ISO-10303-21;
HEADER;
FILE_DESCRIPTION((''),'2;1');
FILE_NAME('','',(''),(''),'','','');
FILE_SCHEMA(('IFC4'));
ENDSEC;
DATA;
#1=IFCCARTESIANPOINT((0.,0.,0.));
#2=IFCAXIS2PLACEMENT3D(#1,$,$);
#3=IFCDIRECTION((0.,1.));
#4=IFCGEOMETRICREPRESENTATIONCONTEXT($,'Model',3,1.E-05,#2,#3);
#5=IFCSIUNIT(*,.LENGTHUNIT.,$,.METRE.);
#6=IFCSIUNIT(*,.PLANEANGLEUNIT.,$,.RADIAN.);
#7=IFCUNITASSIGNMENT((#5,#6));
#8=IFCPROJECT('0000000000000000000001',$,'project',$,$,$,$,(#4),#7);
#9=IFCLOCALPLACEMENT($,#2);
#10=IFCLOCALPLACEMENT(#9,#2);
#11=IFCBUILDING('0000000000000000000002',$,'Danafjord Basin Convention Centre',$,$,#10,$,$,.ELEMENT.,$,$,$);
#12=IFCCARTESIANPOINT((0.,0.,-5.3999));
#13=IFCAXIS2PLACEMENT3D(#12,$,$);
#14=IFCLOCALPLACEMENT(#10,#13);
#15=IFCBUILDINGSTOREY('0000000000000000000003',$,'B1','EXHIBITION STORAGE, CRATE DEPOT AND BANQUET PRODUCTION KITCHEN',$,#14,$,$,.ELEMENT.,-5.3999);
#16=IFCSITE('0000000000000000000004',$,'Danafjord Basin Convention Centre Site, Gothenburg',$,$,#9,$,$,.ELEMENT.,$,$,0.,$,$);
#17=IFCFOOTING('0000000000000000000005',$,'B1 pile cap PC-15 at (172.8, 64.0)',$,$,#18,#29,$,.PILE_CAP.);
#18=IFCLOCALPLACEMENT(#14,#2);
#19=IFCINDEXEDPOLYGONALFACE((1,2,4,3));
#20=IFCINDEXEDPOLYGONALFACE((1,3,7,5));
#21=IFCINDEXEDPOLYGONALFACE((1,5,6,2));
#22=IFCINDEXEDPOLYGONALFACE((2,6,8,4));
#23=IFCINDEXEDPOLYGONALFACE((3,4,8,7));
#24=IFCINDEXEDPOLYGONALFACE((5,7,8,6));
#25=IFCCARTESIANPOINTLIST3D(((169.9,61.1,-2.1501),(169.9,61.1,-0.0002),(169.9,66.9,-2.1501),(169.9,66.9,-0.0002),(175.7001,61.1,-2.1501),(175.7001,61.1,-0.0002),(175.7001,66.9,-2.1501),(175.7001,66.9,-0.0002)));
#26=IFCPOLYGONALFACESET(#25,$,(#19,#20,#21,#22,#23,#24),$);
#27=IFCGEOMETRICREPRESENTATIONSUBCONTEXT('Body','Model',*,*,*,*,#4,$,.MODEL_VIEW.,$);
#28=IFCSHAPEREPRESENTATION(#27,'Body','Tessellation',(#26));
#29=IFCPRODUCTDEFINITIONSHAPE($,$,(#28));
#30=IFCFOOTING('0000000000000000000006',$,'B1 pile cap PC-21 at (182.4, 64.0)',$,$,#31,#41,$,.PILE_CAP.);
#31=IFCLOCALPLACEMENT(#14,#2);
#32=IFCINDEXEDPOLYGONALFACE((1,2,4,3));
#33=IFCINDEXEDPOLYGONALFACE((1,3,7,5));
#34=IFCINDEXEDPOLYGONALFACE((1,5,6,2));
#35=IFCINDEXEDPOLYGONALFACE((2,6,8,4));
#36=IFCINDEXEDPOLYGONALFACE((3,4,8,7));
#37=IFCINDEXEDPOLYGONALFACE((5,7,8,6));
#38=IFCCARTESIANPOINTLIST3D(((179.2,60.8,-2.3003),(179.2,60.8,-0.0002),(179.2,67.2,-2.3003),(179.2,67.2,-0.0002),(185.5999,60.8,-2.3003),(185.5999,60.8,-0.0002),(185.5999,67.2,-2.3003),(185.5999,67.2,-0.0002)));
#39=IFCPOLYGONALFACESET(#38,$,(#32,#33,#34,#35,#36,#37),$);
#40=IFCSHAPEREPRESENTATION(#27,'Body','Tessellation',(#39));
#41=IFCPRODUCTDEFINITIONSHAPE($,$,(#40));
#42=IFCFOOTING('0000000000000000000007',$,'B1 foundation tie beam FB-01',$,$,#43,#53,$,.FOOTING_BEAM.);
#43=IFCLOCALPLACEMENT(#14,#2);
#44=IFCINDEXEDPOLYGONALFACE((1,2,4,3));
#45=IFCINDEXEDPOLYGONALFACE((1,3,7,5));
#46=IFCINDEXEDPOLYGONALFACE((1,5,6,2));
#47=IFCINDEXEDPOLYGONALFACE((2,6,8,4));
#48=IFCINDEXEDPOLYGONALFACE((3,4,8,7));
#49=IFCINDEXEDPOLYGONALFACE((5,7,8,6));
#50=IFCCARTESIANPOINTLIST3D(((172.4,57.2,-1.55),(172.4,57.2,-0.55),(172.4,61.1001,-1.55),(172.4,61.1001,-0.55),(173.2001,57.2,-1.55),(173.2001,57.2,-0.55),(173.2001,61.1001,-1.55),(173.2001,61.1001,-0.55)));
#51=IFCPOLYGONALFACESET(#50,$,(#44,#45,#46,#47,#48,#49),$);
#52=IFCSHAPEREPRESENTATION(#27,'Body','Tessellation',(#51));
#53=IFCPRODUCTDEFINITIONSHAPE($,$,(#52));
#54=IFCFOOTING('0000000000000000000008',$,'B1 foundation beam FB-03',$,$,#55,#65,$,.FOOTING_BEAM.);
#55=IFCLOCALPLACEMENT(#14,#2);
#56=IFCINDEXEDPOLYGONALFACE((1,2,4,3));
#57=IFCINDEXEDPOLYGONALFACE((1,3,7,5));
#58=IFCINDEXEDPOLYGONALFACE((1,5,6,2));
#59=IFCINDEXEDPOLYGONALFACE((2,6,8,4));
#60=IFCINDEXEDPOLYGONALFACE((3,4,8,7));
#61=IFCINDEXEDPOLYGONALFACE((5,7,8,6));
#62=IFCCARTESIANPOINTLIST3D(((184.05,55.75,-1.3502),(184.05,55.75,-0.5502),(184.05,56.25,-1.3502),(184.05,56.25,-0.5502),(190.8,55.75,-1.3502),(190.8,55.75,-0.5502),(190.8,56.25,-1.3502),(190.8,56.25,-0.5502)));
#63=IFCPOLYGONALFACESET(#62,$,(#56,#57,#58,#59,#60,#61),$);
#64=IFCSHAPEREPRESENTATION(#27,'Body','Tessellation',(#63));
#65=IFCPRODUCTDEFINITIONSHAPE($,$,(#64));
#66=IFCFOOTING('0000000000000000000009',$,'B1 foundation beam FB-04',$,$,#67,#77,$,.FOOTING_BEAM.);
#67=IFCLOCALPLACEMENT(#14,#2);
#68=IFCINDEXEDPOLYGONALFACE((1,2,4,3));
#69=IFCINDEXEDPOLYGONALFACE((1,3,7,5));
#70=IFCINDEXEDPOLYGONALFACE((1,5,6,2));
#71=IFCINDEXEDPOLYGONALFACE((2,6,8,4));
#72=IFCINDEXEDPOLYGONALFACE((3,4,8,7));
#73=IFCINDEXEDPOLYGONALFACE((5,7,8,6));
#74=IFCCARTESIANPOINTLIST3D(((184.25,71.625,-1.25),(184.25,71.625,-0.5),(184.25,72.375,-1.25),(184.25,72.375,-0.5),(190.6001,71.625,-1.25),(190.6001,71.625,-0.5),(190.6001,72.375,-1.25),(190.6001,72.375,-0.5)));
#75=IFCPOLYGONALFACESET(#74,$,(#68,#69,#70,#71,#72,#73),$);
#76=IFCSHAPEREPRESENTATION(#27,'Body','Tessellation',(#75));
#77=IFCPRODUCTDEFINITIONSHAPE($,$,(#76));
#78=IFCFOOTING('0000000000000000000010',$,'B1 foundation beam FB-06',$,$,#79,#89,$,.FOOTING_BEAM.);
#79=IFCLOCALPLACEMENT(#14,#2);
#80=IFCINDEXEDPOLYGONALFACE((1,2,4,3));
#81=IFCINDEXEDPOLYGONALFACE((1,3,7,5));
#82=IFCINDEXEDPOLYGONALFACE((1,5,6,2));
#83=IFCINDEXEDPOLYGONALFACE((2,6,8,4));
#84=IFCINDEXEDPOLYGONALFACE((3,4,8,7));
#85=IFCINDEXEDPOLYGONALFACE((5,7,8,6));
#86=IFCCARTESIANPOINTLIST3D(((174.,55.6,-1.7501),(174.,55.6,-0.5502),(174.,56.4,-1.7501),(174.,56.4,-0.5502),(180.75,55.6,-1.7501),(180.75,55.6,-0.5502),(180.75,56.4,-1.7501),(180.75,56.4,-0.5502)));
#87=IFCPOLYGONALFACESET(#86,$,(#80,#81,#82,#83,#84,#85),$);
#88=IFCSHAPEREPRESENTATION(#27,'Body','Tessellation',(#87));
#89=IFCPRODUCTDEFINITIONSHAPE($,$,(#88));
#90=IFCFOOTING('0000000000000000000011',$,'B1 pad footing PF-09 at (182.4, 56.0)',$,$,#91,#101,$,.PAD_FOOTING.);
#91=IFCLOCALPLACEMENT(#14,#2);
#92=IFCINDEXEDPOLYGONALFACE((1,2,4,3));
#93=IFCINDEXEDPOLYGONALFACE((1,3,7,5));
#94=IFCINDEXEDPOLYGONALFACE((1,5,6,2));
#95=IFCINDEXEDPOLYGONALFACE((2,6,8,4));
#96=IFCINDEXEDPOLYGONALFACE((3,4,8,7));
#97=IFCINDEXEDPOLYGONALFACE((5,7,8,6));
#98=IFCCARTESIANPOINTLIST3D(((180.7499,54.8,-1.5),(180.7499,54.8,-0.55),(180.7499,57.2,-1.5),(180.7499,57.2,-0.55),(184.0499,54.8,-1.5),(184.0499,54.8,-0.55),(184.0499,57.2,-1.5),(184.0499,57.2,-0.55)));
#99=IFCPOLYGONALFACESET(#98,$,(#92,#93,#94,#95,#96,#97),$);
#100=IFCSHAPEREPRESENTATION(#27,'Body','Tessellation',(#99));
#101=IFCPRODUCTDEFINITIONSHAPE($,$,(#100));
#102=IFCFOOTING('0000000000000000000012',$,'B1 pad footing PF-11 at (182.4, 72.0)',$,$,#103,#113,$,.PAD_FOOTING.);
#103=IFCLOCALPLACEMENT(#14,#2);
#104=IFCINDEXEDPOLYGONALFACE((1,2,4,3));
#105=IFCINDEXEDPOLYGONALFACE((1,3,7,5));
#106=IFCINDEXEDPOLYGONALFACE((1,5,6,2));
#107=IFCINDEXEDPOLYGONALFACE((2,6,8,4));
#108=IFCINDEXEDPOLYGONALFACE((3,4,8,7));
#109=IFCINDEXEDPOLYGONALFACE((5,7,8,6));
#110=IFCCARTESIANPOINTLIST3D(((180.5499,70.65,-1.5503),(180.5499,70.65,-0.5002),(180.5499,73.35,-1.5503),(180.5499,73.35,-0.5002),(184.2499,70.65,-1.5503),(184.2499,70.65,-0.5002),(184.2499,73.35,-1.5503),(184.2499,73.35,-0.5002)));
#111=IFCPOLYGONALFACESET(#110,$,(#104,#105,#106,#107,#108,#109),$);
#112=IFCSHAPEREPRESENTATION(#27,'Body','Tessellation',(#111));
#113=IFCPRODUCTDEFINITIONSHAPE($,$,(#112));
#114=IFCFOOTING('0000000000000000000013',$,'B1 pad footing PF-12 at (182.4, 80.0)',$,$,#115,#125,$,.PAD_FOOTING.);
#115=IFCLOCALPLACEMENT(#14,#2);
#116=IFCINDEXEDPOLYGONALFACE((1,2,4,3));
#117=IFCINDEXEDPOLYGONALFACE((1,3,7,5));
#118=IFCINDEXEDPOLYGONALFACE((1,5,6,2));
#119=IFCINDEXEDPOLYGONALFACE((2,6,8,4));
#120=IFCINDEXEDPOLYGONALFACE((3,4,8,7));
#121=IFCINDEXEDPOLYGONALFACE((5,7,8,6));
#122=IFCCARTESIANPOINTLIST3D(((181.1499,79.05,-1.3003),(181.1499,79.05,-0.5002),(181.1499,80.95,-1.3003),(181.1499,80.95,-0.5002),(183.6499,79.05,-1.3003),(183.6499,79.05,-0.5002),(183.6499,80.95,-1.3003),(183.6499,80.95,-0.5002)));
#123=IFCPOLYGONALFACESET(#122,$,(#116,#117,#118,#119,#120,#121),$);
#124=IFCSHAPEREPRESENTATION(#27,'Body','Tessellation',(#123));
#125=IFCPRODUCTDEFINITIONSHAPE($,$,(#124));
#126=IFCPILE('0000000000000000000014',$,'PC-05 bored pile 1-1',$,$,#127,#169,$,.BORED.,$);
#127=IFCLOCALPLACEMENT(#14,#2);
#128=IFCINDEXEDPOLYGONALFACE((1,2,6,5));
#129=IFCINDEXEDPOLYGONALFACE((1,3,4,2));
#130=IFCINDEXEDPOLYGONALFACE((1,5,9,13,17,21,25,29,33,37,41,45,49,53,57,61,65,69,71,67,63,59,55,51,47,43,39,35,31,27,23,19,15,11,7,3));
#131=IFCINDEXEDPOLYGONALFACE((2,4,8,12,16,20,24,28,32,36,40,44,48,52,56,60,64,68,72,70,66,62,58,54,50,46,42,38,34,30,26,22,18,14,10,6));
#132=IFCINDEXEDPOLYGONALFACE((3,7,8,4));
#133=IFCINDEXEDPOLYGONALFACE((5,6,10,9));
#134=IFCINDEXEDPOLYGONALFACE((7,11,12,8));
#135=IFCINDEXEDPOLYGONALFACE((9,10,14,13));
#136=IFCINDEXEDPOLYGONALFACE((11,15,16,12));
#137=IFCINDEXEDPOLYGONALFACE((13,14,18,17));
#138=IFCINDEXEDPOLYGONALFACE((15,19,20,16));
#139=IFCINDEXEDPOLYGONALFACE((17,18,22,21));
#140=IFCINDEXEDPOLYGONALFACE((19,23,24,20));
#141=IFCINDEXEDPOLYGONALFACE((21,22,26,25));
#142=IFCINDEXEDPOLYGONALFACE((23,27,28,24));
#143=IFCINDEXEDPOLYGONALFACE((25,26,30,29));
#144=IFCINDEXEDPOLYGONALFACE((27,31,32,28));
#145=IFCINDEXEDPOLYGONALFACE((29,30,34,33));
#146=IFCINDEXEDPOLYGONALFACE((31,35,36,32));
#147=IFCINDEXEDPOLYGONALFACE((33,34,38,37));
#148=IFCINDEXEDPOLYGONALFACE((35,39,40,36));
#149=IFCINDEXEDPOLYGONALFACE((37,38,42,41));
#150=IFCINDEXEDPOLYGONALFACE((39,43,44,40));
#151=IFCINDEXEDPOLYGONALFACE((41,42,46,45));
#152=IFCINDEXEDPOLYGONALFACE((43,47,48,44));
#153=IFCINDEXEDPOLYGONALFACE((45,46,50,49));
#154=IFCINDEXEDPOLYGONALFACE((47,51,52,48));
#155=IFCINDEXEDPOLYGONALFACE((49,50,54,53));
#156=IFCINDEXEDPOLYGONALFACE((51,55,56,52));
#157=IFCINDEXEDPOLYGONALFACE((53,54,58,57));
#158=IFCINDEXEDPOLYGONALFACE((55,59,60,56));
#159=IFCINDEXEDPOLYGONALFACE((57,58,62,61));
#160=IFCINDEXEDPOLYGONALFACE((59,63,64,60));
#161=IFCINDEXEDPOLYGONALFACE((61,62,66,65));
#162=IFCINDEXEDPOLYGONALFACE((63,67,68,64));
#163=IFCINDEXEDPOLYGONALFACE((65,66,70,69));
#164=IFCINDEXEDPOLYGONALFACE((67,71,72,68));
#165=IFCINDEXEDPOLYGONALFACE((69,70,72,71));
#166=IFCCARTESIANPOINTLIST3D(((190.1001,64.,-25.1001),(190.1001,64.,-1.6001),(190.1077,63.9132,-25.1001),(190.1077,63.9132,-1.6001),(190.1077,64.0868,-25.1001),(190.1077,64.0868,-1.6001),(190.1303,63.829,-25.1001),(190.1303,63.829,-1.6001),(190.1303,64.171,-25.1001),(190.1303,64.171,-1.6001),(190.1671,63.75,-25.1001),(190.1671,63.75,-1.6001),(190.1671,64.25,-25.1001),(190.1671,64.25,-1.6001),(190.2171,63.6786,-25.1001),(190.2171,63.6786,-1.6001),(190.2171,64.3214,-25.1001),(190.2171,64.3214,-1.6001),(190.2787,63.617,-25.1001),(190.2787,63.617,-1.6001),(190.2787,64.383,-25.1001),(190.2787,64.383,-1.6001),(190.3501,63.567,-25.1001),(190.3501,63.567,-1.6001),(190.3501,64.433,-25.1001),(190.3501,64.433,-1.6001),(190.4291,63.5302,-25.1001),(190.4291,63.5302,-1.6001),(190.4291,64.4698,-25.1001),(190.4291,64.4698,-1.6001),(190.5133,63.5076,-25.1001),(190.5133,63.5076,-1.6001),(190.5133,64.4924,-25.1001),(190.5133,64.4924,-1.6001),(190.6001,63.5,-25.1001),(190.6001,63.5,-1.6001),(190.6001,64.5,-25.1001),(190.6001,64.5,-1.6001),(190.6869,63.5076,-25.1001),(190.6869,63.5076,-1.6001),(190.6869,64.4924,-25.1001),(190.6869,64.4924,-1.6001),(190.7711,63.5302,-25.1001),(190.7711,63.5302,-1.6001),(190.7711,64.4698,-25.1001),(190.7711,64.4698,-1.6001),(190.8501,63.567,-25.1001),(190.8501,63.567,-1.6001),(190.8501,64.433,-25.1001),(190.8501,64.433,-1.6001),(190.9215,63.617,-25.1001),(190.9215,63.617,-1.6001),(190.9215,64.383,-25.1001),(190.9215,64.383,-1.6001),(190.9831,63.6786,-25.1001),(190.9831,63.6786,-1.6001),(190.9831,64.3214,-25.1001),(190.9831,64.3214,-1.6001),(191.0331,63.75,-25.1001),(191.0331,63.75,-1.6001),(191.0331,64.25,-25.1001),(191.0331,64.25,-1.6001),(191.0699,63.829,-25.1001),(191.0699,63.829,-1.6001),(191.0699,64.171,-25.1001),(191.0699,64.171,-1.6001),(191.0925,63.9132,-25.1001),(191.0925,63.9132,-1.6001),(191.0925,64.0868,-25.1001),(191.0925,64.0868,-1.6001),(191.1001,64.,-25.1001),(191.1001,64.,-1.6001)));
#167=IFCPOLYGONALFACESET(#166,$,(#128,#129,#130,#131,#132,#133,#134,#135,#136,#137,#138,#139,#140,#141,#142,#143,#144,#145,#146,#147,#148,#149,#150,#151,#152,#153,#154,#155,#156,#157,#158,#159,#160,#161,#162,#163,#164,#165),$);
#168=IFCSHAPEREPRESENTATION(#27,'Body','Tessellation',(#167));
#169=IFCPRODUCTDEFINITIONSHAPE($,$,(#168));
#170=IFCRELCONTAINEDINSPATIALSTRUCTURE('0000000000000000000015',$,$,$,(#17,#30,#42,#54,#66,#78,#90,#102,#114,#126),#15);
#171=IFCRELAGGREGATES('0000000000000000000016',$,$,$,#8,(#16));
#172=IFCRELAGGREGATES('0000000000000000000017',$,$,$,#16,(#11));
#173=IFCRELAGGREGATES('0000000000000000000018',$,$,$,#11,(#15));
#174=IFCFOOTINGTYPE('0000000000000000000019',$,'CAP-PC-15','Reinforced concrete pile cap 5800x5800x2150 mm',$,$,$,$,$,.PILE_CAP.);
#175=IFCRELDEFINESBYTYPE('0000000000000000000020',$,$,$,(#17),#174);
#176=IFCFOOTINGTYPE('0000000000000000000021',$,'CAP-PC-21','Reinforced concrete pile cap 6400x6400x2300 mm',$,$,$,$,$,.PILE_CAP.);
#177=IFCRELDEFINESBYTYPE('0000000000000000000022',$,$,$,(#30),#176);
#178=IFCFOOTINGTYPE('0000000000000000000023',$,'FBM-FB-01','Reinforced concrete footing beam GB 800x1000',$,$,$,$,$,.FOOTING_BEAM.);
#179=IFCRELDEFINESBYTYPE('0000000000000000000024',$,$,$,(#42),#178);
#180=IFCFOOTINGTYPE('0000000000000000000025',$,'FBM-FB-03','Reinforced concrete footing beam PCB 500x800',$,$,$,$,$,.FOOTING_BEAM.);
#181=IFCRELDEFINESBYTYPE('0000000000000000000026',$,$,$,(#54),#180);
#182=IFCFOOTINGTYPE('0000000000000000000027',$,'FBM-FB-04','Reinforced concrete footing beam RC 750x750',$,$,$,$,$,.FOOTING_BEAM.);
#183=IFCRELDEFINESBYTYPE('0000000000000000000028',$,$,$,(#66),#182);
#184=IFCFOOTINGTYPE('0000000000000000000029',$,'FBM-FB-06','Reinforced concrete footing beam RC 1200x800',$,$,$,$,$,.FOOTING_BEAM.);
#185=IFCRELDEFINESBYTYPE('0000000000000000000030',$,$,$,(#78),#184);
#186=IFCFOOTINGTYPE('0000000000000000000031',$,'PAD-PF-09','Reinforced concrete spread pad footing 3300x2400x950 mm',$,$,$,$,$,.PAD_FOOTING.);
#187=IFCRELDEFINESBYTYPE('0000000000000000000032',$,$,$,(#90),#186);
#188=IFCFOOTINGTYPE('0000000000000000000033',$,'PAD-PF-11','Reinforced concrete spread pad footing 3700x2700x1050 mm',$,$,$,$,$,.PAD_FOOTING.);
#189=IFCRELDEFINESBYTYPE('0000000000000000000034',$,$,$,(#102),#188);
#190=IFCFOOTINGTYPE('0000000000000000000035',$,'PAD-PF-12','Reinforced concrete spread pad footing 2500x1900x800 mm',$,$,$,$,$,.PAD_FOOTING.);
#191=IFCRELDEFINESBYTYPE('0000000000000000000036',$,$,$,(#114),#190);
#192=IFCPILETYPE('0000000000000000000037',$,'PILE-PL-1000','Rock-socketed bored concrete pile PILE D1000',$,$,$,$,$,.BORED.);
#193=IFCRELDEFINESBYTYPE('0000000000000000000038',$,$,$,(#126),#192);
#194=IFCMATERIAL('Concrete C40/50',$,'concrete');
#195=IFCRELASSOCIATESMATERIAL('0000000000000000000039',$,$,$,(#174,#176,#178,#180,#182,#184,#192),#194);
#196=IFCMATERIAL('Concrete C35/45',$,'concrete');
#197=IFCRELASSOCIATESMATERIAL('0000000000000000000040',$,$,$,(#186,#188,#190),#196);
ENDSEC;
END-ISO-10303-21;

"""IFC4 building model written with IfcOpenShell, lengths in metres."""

from ifc_helpers import new_model, si_unit, direction, frame, origin, origin_2d, place, context, subcontext, project, spatial, rectangle, circle, extrude, material, material_profile, profile_set, type_object, element, save


model = new_model("IFC4")

# Units and contexts
model_context = context("Model", 3, precision=1e-05, world=origin(), true_north=direction((0.0, 1.0)))
body_context = subcontext(model_context, "Body", "Model", "MODEL_VIEW")
ifc_project = project(units=[si_unit("LENGTHUNIT", "METRE"), si_unit("PLANEANGLEUNIT", "RADIAN")], contexts=[model_context])

# Site, building, storey
site_placement = place(None, origin())
site = spatial("IfcSite", under=ifc_project, at=site_placement, Name="Danafjord Basin Convention Centre Site, Gothenburg", CompositionType="ELEMENT", RefElevation=0.0)
building_placement = place(site_placement, origin())
building = spatial("IfcBuilding", under=site, at=building_placement, Name="Danafjord Basin Convention Centre", CompositionType="ELEMENT")
storey_placement = place(building_placement, frame((0.0, 0.0, -5.3999)))
storey = spatial("IfcBuildingStorey", under=building, at=storey_placement, Name="B1", Description="EXHIBITION STORAGE, CRATE DEPOT AND BANQUET PRODUCTION KITCHEN", CompositionType="ELEMENT", Elevation=-5.3999)

# Footings
ifc_material_1 = material(Name="Concrete C40/50", Category="concrete")
footing_type_1 = type_object("IfcFootingType", Name="CAP-PC-15", Description="Reinforced concrete pile cap 5800x5800x2150 mm", PredefinedType="PILE_CAP", material=ifc_material_1)
footing_1_placement = place(storey_placement, frame((172.8, 64.0, -2.1501), z_axis=(0.0, 0.0, 1.0), x_axis=(1.0, 0.0, 0.0)))
element("IfcFooting", 1, at=footing_1_placement, inside=storey, type_object=footing_type_1, Name="B1 pile cap PC-15 at (172.8, 64.0)", PredefinedType="PILE_CAP", context=body_context, shape_type="SweptSolid", body=[
    extrude(rectangle(XDim=5.8, YDim=5.8, at=origin_2d()), origin(), (0.0, 0.0, 1.0), 2.1499),
])
footing_type_2 = type_object("IfcFootingType", Name="CAP-PC-21", Description="Reinforced concrete pile cap 6400x6400x2300 mm", PredefinedType="PILE_CAP", material=ifc_material_1)
footing_2_placement = place(storey_placement, frame((182.3999, 64.0, -2.3003), z_axis=(0.0, 0.0, 1.0), x_axis=(1.0, 0.0, 0.0)))
element("IfcFooting", 2, at=footing_2_placement, inside=storey, type_object=footing_type_2, Name="B1 pile cap PC-21 at (182.4, 64.0)", PredefinedType="PILE_CAP", context=body_context, shape_type="SweptSolid", body=[
    extrude(rectangle(XDim=6.3999, YDim=6.3999, at=origin_2d()), origin(), (0.0, 0.0, 1.0), 2.3),
])
ifc_material_profile_1 = material_profile(ifc_material_1, rectangle(XDim=0.8, YDim=1.0, at=origin_2d()), Name="GB 800x1000")
ifc_profile_set_1 = profile_set([ifc_material_profile_1], Name="Concrete C40/50")
footing_type_3 = type_object("IfcFootingType", Name="FBM-FB-01", Description="Reinforced concrete footing beam GB 800x1000", PredefinedType="FOOTING_BEAM", material=ifc_profile_set_1)
footing_3_placement = place(storey_placement, frame((172.8, 57.2, -1.05), z_axis=(0.0, 1.0, 0.0), x_axis=(-1.0, 0.0, 0.0)))
element("IfcFooting", 3, at=footing_3_placement, inside=storey, type_object=footing_type_3, Name="B1 foundation tie beam FB-01", PredefinedType="FOOTING_BEAM", context=body_context, shape_type="SweptSolid", body=[
    extrude(rectangle(XDim=0.8, YDim=1.0, at=origin_2d()), origin(), (0.0, 0.0, 1.0), 3.9001),
])
ifc_material_profile_2 = material_profile(ifc_material_1, rectangle(XDim=0.5, YDim=0.8, at=origin_2d()), Name="PCB 500x800")
ifc_profile_set_2 = profile_set([ifc_material_profile_2], Name="Concrete C40/50")
footing_type_4 = type_object("IfcFootingType", Name="FBM-FB-03", Description="Reinforced concrete footing beam PCB 500x800", PredefinedType="FOOTING_BEAM", material=ifc_profile_set_2)
footing_4_placement = place(storey_placement, frame((184.05, 56.0, -0.9502), z_axis=(1.0, 0.0, 0.0), x_axis=(0.0, 1.0, 0.0)))
element("IfcFooting", 4, at=footing_4_placement, inside=storey, type_object=footing_type_4, Name="B1 foundation beam FB-03", PredefinedType="FOOTING_BEAM", context=body_context, shape_type="SweptSolid", body=[
    extrude(rectangle(XDim=0.5, YDim=0.8, at=origin_2d()), origin(), (0.0, 0.0, 1.0), 6.75),
])
ifc_material_profile_3 = material_profile(ifc_material_1, rectangle(XDim=0.75, YDim=0.75, at=origin_2d()), Name="RC 750x750")
ifc_profile_set_3 = profile_set([ifc_material_profile_3], Name="Concrete C40/50")
footing_type_5 = type_object("IfcFootingType", Name="FBM-FB-04", Description="Reinforced concrete footing beam RC 750x750", PredefinedType="FOOTING_BEAM", material=ifc_profile_set_3)
footing_5_placement = place(storey_placement, frame((184.25, 72.0, -0.875), z_axis=(1.0, 0.0, 0.0), x_axis=(0.0, 1.0, 0.0)))
element("IfcFooting", 5, at=footing_5_placement, inside=storey, type_object=footing_type_5, Name="B1 foundation beam FB-04", PredefinedType="FOOTING_BEAM", context=body_context, shape_type="SweptSolid", body=[
    extrude(rectangle(XDim=0.75, YDim=0.75, at=origin_2d()), origin(), (0.0, 0.0, 1.0), 6.3501),
])
ifc_material_profile_4 = material_profile(ifc_material_1, rectangle(XDim=0.8, YDim=1.2, at=origin_2d()), Name="RC 1200x800")
ifc_profile_set_4 = profile_set([ifc_material_profile_4], Name="Concrete C40/50")
footing_type_6 = type_object("IfcFootingType", Name="FBM-FB-06", Description="Reinforced concrete footing beam RC 1200x800", PredefinedType="FOOTING_BEAM", material=ifc_profile_set_4)
footing_6_placement = place(storey_placement, frame((174.0, 56.0, -1.1501), z_axis=(1.0, 0.0, 0.0), x_axis=(0.0, 1.0, 0.0)))
element("IfcFooting", 6, at=footing_6_placement, inside=storey, type_object=footing_type_6, Name="B1 foundation beam FB-06", PredefinedType="FOOTING_BEAM", context=body_context, shape_type="SweptSolid", body=[
    extrude(rectangle(XDim=0.8, YDim=1.2, at=origin_2d()), origin(), (0.0, 0.0, 1.0), 6.75),
])
ifc_material_2 = material(Name="Concrete C35/45", Category="concrete")
footing_type_7 = type_object("IfcFootingType", Name="PAD-PF-09", Description="Reinforced concrete spread pad footing 3300x2400x950 mm", PredefinedType="PAD_FOOTING", material=ifc_material_2)
footing_7_placement = place(storey_placement, frame((182.3999, 56.0, -1.5), z_axis=(0.0, 0.0, 1.0), x_axis=(1.0, 0.0, 0.0)))
element("IfcFooting", 7, at=footing_7_placement, inside=storey, type_object=footing_type_7, Name="B1 pad footing PF-09 at (182.4, 56.0)", PredefinedType="PAD_FOOTING", context=body_context, shape_type="SweptSolid", body=[
    extrude(rectangle(XDim=3.3, YDim=2.3999, at=origin_2d()), origin(), (0.0, 0.0, 1.0), 0.95),
])
footing_type_8 = type_object("IfcFootingType", Name="PAD-PF-11", Description="Reinforced concrete spread pad footing 3700x2700x1050 mm", PredefinedType="PAD_FOOTING", material=ifc_material_2)
footing_8_placement = place(storey_placement, frame((182.3999, 72.0, -1.5503), z_axis=(0.0, 0.0, 1.0), x_axis=(1.0, 0.0, 0.0)))
element("IfcFooting", 8, at=footing_8_placement, inside=storey, type_object=footing_type_8, Name="B1 pad footing PF-11 at (182.4, 72.0)", PredefinedType="PAD_FOOTING", context=body_context, shape_type="SweptSolid", body=[
    extrude(rectangle(XDim=3.7, YDim=2.7, at=origin_2d()), origin(), (0.0, 0.0, 1.0), 1.05),
])
footing_type_9 = type_object("IfcFootingType", Name="PAD-PF-12", Description="Reinforced concrete spread pad footing 2500x1900x800 mm", PredefinedType="PAD_FOOTING", material=ifc_material_2)
footing_9_placement = place(storey_placement, frame((182.3999, 80.0, -1.3003), z_axis=(0.0, 0.0, 1.0), x_axis=(1.0, 0.0, 0.0)))
element("IfcFooting", 9, at=footing_9_placement, inside=storey, type_object=footing_type_9, Name="B1 pad footing PF-12 at (182.4, 80.0)", PredefinedType="PAD_FOOTING", context=body_context, shape_type="SweptSolid", body=[
    extrude(rectangle(XDim=2.5, YDim=1.8999, at=origin_2d()), origin(), (0.0, 0.0, 1.0), 0.8),
])

# Pile
ifc_material_profile_5 = material_profile(ifc_material_1, circle(Radius=0.5, at=origin_2d()), Name="PILE D1000")
ifc_profile_set_5 = profile_set([ifc_material_profile_5], Name="Concrete C40/50")
pile_type_1 = type_object("IfcPileType", Name="PILE-PL-1000", Description="Rock-socketed bored concrete pile PILE D1000", PredefinedType="BORED", material=ifc_profile_set_5)
pile_placement = place(storey_placement, frame((190.6001, 64.0, -1.6001), z_axis=(0.0, 0.0, -1.0), x_axis=(1.0, 0.0, 0.0)))
element("IfcPile", 10, at=pile_placement, inside=storey, type_object=pile_type_1, Name="PC-05 bored pile 1-1", PredefinedType="BORED", context=body_context, shape_type="SweptSolid", body=[
    extrude(circle(Radius=0.5, at=origin_2d()), origin(), (0.0, 0.0, 1.0), 23.5),
])

save(model, "model.ifc")
